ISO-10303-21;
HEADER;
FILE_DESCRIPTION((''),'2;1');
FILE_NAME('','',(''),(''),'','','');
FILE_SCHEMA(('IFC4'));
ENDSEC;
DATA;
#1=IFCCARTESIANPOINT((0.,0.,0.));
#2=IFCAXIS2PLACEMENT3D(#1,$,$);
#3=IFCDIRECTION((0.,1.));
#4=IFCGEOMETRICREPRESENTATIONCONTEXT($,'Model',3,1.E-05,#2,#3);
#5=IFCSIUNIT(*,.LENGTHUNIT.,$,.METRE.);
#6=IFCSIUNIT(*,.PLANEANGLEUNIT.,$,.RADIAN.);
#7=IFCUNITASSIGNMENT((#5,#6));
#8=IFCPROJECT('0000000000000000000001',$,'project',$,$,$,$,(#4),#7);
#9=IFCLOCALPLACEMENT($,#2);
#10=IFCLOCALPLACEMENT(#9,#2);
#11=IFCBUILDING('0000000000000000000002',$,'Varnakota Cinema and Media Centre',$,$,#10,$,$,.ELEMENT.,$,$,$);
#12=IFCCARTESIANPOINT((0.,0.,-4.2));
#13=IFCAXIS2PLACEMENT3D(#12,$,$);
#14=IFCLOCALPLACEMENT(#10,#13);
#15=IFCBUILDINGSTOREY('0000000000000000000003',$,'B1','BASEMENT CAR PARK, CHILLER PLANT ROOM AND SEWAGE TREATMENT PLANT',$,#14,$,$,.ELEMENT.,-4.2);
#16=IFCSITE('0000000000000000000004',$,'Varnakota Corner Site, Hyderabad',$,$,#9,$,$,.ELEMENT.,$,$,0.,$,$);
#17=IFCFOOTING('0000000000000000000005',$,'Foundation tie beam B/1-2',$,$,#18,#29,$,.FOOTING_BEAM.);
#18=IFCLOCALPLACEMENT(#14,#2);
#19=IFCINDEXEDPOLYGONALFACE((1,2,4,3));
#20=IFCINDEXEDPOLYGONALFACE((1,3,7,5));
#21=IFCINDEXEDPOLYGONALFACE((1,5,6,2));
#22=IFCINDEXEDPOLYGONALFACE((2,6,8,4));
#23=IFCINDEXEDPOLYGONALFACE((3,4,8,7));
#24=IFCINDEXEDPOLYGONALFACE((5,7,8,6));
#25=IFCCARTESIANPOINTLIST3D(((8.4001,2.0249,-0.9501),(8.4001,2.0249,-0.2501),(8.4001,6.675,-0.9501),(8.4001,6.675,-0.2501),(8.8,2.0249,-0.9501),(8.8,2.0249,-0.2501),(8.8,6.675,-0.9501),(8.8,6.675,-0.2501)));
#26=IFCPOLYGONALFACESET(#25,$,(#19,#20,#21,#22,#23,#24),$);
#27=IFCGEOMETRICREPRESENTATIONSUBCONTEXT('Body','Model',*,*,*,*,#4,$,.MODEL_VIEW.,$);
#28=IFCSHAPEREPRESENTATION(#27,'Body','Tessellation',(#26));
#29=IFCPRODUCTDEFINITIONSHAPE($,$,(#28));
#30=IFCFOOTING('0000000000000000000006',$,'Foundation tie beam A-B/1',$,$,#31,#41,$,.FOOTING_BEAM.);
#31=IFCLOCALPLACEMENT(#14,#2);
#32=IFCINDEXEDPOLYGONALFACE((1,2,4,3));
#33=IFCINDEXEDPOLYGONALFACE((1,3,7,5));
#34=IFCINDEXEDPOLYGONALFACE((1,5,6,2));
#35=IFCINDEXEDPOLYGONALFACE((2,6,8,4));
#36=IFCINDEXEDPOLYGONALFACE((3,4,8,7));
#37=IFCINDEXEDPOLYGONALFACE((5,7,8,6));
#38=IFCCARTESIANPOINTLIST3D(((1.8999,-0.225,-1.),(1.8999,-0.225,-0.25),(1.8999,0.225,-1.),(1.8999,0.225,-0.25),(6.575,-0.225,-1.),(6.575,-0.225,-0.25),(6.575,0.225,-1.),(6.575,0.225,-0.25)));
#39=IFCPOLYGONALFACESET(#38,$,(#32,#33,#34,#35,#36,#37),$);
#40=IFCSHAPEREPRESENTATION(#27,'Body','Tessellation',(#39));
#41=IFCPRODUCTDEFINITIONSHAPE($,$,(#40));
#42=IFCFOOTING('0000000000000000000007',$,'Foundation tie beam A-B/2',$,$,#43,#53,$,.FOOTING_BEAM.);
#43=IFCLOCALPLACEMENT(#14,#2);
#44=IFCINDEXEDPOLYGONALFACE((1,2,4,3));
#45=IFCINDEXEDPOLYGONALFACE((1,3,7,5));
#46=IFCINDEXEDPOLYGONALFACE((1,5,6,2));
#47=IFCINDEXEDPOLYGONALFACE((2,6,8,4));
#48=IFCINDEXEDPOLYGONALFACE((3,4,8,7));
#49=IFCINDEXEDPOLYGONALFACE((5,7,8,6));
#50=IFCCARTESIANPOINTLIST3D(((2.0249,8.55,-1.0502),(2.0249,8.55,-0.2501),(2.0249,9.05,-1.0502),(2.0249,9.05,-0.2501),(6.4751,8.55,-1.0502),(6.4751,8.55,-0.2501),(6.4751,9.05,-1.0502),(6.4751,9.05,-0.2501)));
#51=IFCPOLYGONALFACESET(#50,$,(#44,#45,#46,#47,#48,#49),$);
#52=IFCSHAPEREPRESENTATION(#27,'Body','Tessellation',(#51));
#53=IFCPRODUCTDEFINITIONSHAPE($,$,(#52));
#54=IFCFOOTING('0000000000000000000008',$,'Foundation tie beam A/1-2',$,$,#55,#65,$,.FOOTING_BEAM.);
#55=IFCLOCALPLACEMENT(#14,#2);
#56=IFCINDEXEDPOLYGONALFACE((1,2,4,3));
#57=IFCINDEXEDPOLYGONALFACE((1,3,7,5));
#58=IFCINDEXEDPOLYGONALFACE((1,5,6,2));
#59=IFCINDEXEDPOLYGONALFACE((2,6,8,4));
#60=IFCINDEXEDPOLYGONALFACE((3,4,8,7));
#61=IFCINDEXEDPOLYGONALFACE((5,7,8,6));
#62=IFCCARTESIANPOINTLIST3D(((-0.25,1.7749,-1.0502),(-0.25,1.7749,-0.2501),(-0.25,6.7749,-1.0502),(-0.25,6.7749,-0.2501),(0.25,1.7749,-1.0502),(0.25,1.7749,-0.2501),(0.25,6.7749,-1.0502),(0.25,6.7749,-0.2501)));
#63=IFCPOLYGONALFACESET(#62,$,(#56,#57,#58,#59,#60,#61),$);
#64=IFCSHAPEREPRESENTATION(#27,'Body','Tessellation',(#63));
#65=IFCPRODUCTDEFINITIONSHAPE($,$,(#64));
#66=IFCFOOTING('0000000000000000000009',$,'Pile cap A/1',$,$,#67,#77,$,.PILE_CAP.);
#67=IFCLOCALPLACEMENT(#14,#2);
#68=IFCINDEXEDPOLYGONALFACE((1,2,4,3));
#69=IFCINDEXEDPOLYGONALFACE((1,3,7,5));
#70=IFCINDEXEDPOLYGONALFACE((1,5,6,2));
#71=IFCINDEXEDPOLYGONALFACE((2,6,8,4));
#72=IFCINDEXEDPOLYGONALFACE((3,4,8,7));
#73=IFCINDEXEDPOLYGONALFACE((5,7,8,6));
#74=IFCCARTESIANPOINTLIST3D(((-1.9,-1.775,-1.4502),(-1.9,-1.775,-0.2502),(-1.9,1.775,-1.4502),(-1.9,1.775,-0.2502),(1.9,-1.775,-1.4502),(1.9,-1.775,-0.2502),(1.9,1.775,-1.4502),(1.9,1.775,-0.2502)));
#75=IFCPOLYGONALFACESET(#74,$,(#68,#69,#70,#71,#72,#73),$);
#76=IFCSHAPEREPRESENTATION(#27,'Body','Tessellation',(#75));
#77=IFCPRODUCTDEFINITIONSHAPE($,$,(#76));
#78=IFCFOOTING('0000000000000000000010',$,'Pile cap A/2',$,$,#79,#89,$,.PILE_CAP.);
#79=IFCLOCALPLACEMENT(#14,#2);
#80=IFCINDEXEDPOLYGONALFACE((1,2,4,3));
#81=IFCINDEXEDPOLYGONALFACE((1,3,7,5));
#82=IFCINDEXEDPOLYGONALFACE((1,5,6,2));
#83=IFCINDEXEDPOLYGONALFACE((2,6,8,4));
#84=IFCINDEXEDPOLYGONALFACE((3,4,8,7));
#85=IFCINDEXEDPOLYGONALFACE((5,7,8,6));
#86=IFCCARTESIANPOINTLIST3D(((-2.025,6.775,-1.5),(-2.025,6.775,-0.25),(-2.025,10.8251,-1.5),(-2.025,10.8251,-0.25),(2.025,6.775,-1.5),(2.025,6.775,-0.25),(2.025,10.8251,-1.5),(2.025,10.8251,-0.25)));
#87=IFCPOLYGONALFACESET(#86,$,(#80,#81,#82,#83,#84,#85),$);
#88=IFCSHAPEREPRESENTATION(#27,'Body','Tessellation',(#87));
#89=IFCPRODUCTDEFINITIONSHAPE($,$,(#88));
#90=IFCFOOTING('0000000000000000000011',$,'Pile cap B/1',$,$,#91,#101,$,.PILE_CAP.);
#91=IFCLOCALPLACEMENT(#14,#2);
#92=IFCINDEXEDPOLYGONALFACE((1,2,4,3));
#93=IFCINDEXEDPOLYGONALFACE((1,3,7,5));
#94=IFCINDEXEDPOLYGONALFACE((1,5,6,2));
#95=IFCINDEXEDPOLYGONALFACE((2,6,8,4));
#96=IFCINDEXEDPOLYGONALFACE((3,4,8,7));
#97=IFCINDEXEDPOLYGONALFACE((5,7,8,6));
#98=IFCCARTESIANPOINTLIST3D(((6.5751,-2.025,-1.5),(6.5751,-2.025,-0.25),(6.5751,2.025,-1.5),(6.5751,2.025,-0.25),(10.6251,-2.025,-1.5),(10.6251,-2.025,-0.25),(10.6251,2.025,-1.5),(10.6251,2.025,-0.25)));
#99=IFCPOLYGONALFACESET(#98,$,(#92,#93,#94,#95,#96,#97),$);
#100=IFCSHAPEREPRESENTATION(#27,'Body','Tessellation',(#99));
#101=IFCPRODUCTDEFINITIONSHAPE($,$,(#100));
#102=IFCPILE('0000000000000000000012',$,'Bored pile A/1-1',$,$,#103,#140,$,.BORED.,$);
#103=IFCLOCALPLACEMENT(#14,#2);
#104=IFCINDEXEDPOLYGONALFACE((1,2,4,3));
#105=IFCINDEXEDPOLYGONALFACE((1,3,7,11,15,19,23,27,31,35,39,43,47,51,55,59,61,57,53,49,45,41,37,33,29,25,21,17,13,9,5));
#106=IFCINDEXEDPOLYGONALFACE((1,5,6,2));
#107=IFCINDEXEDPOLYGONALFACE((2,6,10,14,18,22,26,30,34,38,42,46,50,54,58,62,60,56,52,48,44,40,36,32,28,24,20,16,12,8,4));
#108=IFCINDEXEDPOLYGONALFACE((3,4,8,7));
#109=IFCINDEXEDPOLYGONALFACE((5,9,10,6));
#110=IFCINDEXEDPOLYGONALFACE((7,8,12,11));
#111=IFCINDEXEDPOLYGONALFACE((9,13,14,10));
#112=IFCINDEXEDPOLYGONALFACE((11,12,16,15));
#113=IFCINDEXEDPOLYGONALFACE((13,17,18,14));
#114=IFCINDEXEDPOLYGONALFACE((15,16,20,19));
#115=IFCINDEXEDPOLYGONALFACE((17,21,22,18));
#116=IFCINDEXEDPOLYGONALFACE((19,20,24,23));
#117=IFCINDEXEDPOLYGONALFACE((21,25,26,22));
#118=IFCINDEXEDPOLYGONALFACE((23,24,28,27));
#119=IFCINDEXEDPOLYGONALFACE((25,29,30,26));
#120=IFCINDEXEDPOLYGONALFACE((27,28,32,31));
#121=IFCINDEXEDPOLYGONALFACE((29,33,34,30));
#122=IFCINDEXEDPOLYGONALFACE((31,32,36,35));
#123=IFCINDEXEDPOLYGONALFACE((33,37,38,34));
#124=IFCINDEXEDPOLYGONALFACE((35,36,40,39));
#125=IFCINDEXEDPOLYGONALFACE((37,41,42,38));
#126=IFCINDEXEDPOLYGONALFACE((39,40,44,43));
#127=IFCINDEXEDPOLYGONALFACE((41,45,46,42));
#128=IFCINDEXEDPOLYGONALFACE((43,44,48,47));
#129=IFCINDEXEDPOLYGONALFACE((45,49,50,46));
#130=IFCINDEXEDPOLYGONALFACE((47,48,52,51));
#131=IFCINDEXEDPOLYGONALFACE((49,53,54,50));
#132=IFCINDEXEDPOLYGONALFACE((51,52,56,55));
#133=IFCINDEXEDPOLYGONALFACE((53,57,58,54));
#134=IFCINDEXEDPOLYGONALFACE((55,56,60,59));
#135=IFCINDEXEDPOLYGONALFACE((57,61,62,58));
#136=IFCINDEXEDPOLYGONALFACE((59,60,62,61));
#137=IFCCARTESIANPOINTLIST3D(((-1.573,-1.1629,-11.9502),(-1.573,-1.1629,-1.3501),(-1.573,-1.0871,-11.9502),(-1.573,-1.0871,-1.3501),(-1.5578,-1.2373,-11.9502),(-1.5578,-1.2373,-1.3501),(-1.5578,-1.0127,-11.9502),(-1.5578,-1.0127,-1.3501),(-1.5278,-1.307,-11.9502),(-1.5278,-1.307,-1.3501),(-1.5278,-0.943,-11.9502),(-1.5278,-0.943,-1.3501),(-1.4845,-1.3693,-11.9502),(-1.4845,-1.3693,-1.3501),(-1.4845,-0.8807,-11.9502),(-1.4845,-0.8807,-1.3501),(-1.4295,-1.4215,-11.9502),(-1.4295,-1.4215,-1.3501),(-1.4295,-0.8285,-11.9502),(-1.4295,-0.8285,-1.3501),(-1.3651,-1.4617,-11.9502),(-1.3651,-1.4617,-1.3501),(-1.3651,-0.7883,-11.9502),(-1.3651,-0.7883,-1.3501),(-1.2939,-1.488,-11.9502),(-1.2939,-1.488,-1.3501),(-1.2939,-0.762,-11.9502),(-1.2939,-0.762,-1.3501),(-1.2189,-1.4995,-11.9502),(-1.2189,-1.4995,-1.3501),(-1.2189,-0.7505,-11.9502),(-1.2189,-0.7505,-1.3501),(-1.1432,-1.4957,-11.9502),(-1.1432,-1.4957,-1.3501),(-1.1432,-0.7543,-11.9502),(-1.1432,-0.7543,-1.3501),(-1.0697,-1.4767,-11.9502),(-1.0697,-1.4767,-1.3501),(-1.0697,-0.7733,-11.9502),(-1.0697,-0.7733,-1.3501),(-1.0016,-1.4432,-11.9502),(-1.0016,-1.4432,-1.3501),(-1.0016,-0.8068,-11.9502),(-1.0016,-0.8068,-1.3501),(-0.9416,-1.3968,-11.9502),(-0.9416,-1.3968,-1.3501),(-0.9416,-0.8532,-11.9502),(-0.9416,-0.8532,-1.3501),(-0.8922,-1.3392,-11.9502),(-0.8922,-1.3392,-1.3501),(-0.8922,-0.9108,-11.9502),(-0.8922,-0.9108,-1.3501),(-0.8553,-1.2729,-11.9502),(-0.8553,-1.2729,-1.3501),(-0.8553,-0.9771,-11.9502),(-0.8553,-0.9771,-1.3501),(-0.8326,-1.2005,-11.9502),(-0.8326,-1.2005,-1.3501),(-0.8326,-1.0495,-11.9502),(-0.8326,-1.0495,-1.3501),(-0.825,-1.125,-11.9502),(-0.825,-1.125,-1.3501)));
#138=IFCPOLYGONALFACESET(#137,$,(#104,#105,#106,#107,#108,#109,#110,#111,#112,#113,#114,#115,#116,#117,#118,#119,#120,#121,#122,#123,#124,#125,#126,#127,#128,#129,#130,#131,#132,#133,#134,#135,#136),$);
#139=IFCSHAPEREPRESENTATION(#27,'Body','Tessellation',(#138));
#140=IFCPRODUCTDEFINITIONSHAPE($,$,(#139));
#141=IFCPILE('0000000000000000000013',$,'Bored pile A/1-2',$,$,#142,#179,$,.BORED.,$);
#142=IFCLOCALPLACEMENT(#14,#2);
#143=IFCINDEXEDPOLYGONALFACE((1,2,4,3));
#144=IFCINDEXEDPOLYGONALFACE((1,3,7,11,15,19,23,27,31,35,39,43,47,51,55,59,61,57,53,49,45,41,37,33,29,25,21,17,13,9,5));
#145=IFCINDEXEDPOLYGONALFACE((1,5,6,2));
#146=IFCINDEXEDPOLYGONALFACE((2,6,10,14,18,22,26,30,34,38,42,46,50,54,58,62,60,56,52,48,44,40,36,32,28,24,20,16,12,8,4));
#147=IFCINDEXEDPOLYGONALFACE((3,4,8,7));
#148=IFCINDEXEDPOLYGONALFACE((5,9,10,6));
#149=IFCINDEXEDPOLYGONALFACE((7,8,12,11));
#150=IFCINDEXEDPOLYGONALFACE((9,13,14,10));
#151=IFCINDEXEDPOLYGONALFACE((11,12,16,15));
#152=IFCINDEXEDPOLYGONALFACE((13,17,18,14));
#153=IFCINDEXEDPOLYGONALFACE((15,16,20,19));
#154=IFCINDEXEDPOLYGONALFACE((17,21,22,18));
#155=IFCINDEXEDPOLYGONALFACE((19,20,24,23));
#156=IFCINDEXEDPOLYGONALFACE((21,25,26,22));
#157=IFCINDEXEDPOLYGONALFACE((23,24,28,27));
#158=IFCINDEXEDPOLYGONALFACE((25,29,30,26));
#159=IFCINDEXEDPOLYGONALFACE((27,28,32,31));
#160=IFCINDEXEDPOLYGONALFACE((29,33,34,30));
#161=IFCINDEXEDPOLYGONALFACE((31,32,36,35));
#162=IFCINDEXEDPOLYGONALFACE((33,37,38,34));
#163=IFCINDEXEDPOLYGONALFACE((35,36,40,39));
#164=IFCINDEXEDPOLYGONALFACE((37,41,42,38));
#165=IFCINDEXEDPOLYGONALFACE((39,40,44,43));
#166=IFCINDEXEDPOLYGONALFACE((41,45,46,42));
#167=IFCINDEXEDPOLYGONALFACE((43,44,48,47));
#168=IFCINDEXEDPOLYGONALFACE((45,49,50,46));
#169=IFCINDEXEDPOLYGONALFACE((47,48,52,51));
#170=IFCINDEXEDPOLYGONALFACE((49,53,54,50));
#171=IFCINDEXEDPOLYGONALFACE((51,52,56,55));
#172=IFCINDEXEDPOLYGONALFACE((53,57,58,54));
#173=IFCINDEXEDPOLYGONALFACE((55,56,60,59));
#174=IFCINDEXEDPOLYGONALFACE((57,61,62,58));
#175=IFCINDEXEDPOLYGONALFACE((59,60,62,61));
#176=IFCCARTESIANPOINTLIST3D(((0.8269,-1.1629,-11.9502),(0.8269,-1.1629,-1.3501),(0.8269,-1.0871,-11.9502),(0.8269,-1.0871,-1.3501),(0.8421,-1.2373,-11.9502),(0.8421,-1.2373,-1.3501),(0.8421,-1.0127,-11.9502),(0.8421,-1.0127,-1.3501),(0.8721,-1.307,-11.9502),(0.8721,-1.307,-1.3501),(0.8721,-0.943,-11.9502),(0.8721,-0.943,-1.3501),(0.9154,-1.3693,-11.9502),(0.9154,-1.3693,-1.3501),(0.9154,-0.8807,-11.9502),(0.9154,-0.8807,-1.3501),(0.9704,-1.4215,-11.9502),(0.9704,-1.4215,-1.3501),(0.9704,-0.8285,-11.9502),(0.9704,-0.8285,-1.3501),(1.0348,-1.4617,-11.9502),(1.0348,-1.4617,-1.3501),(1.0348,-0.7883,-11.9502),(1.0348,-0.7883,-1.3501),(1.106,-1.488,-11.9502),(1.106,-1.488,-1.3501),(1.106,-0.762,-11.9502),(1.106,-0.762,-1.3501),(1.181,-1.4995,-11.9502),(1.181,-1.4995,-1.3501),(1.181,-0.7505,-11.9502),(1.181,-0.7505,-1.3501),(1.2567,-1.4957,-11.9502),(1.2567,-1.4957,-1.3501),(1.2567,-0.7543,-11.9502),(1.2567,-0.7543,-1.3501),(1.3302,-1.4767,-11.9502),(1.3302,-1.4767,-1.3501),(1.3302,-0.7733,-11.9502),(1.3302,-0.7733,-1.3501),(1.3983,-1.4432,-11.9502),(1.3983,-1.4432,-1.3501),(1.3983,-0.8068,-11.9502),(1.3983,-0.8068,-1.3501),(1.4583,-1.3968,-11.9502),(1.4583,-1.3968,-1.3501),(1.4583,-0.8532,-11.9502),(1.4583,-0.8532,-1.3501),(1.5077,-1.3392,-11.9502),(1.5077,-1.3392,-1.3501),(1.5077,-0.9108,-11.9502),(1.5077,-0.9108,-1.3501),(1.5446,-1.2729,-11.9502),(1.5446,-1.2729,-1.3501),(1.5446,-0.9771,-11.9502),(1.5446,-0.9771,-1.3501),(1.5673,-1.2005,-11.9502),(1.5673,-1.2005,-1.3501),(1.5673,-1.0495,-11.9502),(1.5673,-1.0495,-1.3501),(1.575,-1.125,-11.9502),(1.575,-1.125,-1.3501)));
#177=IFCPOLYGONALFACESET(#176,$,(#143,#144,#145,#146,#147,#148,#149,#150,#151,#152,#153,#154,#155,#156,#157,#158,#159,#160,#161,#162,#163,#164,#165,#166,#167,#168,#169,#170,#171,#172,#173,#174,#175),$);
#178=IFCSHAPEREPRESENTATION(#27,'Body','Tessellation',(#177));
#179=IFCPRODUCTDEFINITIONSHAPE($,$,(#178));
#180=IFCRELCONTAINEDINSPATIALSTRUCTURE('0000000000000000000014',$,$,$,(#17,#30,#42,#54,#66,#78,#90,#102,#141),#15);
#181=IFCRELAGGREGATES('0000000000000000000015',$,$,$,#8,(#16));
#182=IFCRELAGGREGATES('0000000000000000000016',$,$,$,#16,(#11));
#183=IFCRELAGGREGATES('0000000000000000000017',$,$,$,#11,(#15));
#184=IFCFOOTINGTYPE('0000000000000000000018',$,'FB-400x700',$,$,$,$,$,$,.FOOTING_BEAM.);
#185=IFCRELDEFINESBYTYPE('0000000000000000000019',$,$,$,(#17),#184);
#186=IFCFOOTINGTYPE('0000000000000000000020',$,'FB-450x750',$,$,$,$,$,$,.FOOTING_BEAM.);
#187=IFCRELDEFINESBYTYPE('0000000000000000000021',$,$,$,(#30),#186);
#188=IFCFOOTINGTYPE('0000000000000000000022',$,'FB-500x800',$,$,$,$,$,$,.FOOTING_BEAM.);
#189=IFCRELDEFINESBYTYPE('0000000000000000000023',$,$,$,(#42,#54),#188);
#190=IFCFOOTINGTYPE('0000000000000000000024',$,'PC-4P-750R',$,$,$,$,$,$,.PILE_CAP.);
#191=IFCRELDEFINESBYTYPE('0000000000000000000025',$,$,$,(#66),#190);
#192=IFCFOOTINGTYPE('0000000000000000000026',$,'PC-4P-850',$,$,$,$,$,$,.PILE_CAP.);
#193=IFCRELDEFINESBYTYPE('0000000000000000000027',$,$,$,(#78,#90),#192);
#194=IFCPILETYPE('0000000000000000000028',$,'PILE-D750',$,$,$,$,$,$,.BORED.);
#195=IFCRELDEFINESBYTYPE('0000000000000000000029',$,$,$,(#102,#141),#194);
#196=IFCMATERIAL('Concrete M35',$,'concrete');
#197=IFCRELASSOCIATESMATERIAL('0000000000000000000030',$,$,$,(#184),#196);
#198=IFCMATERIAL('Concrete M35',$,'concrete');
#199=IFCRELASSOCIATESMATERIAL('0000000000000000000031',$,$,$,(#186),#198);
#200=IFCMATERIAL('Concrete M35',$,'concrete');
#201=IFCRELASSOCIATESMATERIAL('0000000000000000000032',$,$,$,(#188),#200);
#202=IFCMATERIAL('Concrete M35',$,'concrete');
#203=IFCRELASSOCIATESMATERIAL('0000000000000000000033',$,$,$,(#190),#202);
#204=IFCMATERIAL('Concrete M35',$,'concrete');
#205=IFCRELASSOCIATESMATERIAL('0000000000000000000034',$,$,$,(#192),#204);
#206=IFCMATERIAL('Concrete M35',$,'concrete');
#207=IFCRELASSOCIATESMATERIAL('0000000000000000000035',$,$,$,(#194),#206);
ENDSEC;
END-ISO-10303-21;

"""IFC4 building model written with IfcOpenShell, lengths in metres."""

from ifc_helpers import new_model, si_unit, direction, frame, origin, origin_2d, place, context, subcontext, project, spatial, rectangle, circle, extrude, material, material_profile, profile_set, type_object, element, save


model = new_model("IFC4")

# Units and contexts
model_context = context("Model", 3, precision=1e-05, world=origin(), true_north=direction((0.0, 1.0)))
body_context = subcontext(model_context, "Body", "Model", "MODEL_VIEW")
ifc_project = project(units=[si_unit("LENGTHUNIT", "METRE"), si_unit("PLANEANGLEUNIT", "RADIAN")], contexts=[model_context])

# Site, building, storey
site_placement = place(None, origin())
site = spatial("IfcSite", under=ifc_project, at=site_placement, Name="Varnakota Corner Site, Hyderabad", CompositionType="ELEMENT", RefElevation=0.0)
building_placement = place(site_placement, origin())
building = spatial("IfcBuilding", under=site, at=building_placement, Name="Varnakota Cinema and Media Centre", CompositionType="ELEMENT")
storey_placement = place(building_placement, frame((0.0, 0.0, -4.2)))
storey = spatial("IfcBuildingStorey", under=building, at=storey_placement, Name="B1", Description="BASEMENT CAR PARK, CHILLER PLANT ROOM AND SEWAGE TREATMENT PLANT", CompositionType="ELEMENT", Elevation=-4.2)

# Footings
ifc_material_1 = material(Name="Concrete M35", Category="concrete")
ifc_material_profile_1 = material_profile(ifc_material_1, rectangle(XDim=0.3999, YDim=0.7, at=origin_2d()), Name="FB 400x700")
ifc_profile_set_1 = profile_set([ifc_material_profile_1], Name="Concrete M35")
footing_type_1 = type_object("IfcFootingType", Name="FB-400x700", PredefinedType="FOOTING_BEAM", material=ifc_profile_set_1)
footing_1_placement = place(storey_placement, frame((8.6001, 2.0249, -0.6001), z_axis=(0.0, 1.0, 0.0), x_axis=(-1.0, 0.0, 0.0)))
element("IfcFooting", 1, at=footing_1_placement, inside=storey, type_object=footing_type_1, Name="Foundation tie beam B/1-2", PredefinedType="FOOTING_BEAM", context=body_context, shape_type="SweptSolid", body=[
    extrude(rectangle(XDim=0.3999, YDim=0.7, at=origin_2d()), origin(), (0.0, 0.0, 1.0), 4.6501),
])
ifc_material_2 = material(Name="Concrete M35", Category="concrete")
ifc_material_profile_2 = material_profile(ifc_material_2, rectangle(XDim=0.45, YDim=0.75, at=origin_2d()), Name="FB 450x750")
ifc_profile_set_2 = profile_set([ifc_material_profile_2], Name="Concrete M35")
footing_type_2 = type_object("IfcFootingType", Name="FB-450x750", PredefinedType="FOOTING_BEAM", material=ifc_profile_set_2)
footing_2_placement = place(storey_placement, frame((1.8999, 0.0, -0.625), z_axis=(1.0, 0.0, 0.0), x_axis=(0.0, 1.0, 0.0)))
element("IfcFooting", 2, at=footing_2_placement, inside=storey, type_object=footing_type_2, Name="Foundation tie beam A-B/1", PredefinedType="FOOTING_BEAM", context=body_context, shape_type="SweptSolid", body=[
    extrude(rectangle(XDim=0.45, YDim=0.75, at=origin_2d()), origin(), (0.0, 0.0, 1.0), 4.675),
])
ifc_material_3 = material(Name="Concrete M35", Category="concrete")
ifc_material_profile_3 = material_profile(ifc_material_3, rectangle(XDim=0.5, YDim=0.8, at=origin_2d()), Name="FB 500x800")
ifc_profile_set_3 = profile_set([ifc_material_profile_3], Name="Concrete M35")
footing_type_3 = type_object("IfcFootingType", Name="FB-500x800", PredefinedType="FOOTING_BEAM", material=ifc_profile_set_3)
footing_3_placement = place(storey_placement, frame((2.0249, 8.8, -0.6501), z_axis=(1.0, 0.0, 0.0), x_axis=(0.0, 1.0, 0.0)))
element("IfcFooting", 3, at=footing_3_placement, inside=storey, type_object=footing_type_3, Name="Foundation tie beam A-B/2", PredefinedType="FOOTING_BEAM", context=body_context, shape_type="SweptSolid", body=[
    extrude(rectangle(XDim=0.5, YDim=0.8, at=origin_2d()), origin(), (0.0, 0.0, 1.0), 4.4502),
])
footing_4_placement = place(storey_placement, frame((0.0, 1.7749, -0.6501), z_axis=(0.0, 1.0, 0.0), x_axis=(-1.0, 0.0, 0.0)))
element("IfcFooting", 4, at=footing_4_placement, inside=storey, type_object=footing_type_3, Name="Foundation tie beam A/1-2", PredefinedType="FOOTING_BEAM", context=body_context, shape_type="SweptSolid", body=[
    extrude(rectangle(XDim=0.5, YDim=0.8, at=origin_2d()), origin(), (0.0, 0.0, 1.0), 5.0),
])
ifc_material_4 = material(Name="Concrete M35", Category="concrete")
footing_type_4 = type_object("IfcFootingType", Name="PC-4P-750R", PredefinedType="PILE_CAP", material=ifc_material_4)
footing_5_placement = place(storey_placement, frame((0.0, 0.0, -1.4502), z_axis=(0.0, 0.0, 1.0), x_axis=(1.0, 0.0, 0.0)))
element("IfcFooting", 5, at=footing_5_placement, inside=storey, type_object=footing_type_4, Name="Pile cap A/1", PredefinedType="PILE_CAP", context=body_context, shape_type="SweptSolid", body=[
    extrude(rectangle(XDim=3.8, YDim=3.55, at=origin_2d()), origin(), (0.0, 0.0, 1.0), 1.2),
])
ifc_material_5 = material(Name="Concrete M35", Category="concrete")
footing_type_5 = type_object("IfcFootingType", Name="PC-4P-850", PredefinedType="PILE_CAP", material=ifc_material_5)
for number, where, z_axis, x_axis, name in (
    (6, (0.0, 8.8, -1.5), (0.0, 0.0, 1.0), (1.0, 0.0, 0.0), "Pile cap A/2"),
    (7, (8.6001, 0.0, -1.5), (0.0, 0.0, 1.0), (1.0, 0.0, 0.0), "Pile cap B/1"),
):
    element("IfcFooting", number, at=place(storey_placement, frame(where, z_axis=z_axis, x_axis=x_axis)), inside=storey, type_object=footing_type_5, Name=name, PredefinedType="PILE_CAP", context=body_context, shape_type="SweptSolid", body=[
        extrude(rectangle(XDim=4.05, YDim=4.05, at=origin_2d()), origin(), (0.0, 0.0, 1.0), 1.25),
    ])

# Piles
ifc_material_6 = material(Name="Concrete M35", Category="concrete")
ifc_material_profile_4 = material_profile(ifc_material_6, circle(Radius=0.375, at=origin_2d()), Name="PILE D750")
ifc_profile_set_4 = profile_set([ifc_material_profile_4], Name="Concrete M35")
pile_type_1 = type_object("IfcPileType", Name="PILE-D750", PredefinedType="BORED", material=ifc_profile_set_4)
for number, where, z_axis, x_axis, name in (
    (8, (-1.2, -1.125, -1.3501), (0.0, 0.0, -1.0), (1.0, 0.0, 0.0), "Bored pile A/1-1"),
    (9, (1.2, -1.125, -1.3501), (0.0, 0.0, -1.0), (1.0, 0.0, 0.0), "Bored pile A/1-2"),
):
    element("IfcPile", number, at=place(storey_placement, frame(where, z_axis=z_axis, x_axis=x_axis)), inside=storey, type_object=pile_type_1, Name=name, PredefinedType="BORED", context=body_context, shape_type="SweptSolid", body=[
        extrude(circle(Radius=0.375, at=origin_2d()), origin(), (0.0, 0.0, 1.0), 10.6001),
    ])

save(model, "model.ifc")
